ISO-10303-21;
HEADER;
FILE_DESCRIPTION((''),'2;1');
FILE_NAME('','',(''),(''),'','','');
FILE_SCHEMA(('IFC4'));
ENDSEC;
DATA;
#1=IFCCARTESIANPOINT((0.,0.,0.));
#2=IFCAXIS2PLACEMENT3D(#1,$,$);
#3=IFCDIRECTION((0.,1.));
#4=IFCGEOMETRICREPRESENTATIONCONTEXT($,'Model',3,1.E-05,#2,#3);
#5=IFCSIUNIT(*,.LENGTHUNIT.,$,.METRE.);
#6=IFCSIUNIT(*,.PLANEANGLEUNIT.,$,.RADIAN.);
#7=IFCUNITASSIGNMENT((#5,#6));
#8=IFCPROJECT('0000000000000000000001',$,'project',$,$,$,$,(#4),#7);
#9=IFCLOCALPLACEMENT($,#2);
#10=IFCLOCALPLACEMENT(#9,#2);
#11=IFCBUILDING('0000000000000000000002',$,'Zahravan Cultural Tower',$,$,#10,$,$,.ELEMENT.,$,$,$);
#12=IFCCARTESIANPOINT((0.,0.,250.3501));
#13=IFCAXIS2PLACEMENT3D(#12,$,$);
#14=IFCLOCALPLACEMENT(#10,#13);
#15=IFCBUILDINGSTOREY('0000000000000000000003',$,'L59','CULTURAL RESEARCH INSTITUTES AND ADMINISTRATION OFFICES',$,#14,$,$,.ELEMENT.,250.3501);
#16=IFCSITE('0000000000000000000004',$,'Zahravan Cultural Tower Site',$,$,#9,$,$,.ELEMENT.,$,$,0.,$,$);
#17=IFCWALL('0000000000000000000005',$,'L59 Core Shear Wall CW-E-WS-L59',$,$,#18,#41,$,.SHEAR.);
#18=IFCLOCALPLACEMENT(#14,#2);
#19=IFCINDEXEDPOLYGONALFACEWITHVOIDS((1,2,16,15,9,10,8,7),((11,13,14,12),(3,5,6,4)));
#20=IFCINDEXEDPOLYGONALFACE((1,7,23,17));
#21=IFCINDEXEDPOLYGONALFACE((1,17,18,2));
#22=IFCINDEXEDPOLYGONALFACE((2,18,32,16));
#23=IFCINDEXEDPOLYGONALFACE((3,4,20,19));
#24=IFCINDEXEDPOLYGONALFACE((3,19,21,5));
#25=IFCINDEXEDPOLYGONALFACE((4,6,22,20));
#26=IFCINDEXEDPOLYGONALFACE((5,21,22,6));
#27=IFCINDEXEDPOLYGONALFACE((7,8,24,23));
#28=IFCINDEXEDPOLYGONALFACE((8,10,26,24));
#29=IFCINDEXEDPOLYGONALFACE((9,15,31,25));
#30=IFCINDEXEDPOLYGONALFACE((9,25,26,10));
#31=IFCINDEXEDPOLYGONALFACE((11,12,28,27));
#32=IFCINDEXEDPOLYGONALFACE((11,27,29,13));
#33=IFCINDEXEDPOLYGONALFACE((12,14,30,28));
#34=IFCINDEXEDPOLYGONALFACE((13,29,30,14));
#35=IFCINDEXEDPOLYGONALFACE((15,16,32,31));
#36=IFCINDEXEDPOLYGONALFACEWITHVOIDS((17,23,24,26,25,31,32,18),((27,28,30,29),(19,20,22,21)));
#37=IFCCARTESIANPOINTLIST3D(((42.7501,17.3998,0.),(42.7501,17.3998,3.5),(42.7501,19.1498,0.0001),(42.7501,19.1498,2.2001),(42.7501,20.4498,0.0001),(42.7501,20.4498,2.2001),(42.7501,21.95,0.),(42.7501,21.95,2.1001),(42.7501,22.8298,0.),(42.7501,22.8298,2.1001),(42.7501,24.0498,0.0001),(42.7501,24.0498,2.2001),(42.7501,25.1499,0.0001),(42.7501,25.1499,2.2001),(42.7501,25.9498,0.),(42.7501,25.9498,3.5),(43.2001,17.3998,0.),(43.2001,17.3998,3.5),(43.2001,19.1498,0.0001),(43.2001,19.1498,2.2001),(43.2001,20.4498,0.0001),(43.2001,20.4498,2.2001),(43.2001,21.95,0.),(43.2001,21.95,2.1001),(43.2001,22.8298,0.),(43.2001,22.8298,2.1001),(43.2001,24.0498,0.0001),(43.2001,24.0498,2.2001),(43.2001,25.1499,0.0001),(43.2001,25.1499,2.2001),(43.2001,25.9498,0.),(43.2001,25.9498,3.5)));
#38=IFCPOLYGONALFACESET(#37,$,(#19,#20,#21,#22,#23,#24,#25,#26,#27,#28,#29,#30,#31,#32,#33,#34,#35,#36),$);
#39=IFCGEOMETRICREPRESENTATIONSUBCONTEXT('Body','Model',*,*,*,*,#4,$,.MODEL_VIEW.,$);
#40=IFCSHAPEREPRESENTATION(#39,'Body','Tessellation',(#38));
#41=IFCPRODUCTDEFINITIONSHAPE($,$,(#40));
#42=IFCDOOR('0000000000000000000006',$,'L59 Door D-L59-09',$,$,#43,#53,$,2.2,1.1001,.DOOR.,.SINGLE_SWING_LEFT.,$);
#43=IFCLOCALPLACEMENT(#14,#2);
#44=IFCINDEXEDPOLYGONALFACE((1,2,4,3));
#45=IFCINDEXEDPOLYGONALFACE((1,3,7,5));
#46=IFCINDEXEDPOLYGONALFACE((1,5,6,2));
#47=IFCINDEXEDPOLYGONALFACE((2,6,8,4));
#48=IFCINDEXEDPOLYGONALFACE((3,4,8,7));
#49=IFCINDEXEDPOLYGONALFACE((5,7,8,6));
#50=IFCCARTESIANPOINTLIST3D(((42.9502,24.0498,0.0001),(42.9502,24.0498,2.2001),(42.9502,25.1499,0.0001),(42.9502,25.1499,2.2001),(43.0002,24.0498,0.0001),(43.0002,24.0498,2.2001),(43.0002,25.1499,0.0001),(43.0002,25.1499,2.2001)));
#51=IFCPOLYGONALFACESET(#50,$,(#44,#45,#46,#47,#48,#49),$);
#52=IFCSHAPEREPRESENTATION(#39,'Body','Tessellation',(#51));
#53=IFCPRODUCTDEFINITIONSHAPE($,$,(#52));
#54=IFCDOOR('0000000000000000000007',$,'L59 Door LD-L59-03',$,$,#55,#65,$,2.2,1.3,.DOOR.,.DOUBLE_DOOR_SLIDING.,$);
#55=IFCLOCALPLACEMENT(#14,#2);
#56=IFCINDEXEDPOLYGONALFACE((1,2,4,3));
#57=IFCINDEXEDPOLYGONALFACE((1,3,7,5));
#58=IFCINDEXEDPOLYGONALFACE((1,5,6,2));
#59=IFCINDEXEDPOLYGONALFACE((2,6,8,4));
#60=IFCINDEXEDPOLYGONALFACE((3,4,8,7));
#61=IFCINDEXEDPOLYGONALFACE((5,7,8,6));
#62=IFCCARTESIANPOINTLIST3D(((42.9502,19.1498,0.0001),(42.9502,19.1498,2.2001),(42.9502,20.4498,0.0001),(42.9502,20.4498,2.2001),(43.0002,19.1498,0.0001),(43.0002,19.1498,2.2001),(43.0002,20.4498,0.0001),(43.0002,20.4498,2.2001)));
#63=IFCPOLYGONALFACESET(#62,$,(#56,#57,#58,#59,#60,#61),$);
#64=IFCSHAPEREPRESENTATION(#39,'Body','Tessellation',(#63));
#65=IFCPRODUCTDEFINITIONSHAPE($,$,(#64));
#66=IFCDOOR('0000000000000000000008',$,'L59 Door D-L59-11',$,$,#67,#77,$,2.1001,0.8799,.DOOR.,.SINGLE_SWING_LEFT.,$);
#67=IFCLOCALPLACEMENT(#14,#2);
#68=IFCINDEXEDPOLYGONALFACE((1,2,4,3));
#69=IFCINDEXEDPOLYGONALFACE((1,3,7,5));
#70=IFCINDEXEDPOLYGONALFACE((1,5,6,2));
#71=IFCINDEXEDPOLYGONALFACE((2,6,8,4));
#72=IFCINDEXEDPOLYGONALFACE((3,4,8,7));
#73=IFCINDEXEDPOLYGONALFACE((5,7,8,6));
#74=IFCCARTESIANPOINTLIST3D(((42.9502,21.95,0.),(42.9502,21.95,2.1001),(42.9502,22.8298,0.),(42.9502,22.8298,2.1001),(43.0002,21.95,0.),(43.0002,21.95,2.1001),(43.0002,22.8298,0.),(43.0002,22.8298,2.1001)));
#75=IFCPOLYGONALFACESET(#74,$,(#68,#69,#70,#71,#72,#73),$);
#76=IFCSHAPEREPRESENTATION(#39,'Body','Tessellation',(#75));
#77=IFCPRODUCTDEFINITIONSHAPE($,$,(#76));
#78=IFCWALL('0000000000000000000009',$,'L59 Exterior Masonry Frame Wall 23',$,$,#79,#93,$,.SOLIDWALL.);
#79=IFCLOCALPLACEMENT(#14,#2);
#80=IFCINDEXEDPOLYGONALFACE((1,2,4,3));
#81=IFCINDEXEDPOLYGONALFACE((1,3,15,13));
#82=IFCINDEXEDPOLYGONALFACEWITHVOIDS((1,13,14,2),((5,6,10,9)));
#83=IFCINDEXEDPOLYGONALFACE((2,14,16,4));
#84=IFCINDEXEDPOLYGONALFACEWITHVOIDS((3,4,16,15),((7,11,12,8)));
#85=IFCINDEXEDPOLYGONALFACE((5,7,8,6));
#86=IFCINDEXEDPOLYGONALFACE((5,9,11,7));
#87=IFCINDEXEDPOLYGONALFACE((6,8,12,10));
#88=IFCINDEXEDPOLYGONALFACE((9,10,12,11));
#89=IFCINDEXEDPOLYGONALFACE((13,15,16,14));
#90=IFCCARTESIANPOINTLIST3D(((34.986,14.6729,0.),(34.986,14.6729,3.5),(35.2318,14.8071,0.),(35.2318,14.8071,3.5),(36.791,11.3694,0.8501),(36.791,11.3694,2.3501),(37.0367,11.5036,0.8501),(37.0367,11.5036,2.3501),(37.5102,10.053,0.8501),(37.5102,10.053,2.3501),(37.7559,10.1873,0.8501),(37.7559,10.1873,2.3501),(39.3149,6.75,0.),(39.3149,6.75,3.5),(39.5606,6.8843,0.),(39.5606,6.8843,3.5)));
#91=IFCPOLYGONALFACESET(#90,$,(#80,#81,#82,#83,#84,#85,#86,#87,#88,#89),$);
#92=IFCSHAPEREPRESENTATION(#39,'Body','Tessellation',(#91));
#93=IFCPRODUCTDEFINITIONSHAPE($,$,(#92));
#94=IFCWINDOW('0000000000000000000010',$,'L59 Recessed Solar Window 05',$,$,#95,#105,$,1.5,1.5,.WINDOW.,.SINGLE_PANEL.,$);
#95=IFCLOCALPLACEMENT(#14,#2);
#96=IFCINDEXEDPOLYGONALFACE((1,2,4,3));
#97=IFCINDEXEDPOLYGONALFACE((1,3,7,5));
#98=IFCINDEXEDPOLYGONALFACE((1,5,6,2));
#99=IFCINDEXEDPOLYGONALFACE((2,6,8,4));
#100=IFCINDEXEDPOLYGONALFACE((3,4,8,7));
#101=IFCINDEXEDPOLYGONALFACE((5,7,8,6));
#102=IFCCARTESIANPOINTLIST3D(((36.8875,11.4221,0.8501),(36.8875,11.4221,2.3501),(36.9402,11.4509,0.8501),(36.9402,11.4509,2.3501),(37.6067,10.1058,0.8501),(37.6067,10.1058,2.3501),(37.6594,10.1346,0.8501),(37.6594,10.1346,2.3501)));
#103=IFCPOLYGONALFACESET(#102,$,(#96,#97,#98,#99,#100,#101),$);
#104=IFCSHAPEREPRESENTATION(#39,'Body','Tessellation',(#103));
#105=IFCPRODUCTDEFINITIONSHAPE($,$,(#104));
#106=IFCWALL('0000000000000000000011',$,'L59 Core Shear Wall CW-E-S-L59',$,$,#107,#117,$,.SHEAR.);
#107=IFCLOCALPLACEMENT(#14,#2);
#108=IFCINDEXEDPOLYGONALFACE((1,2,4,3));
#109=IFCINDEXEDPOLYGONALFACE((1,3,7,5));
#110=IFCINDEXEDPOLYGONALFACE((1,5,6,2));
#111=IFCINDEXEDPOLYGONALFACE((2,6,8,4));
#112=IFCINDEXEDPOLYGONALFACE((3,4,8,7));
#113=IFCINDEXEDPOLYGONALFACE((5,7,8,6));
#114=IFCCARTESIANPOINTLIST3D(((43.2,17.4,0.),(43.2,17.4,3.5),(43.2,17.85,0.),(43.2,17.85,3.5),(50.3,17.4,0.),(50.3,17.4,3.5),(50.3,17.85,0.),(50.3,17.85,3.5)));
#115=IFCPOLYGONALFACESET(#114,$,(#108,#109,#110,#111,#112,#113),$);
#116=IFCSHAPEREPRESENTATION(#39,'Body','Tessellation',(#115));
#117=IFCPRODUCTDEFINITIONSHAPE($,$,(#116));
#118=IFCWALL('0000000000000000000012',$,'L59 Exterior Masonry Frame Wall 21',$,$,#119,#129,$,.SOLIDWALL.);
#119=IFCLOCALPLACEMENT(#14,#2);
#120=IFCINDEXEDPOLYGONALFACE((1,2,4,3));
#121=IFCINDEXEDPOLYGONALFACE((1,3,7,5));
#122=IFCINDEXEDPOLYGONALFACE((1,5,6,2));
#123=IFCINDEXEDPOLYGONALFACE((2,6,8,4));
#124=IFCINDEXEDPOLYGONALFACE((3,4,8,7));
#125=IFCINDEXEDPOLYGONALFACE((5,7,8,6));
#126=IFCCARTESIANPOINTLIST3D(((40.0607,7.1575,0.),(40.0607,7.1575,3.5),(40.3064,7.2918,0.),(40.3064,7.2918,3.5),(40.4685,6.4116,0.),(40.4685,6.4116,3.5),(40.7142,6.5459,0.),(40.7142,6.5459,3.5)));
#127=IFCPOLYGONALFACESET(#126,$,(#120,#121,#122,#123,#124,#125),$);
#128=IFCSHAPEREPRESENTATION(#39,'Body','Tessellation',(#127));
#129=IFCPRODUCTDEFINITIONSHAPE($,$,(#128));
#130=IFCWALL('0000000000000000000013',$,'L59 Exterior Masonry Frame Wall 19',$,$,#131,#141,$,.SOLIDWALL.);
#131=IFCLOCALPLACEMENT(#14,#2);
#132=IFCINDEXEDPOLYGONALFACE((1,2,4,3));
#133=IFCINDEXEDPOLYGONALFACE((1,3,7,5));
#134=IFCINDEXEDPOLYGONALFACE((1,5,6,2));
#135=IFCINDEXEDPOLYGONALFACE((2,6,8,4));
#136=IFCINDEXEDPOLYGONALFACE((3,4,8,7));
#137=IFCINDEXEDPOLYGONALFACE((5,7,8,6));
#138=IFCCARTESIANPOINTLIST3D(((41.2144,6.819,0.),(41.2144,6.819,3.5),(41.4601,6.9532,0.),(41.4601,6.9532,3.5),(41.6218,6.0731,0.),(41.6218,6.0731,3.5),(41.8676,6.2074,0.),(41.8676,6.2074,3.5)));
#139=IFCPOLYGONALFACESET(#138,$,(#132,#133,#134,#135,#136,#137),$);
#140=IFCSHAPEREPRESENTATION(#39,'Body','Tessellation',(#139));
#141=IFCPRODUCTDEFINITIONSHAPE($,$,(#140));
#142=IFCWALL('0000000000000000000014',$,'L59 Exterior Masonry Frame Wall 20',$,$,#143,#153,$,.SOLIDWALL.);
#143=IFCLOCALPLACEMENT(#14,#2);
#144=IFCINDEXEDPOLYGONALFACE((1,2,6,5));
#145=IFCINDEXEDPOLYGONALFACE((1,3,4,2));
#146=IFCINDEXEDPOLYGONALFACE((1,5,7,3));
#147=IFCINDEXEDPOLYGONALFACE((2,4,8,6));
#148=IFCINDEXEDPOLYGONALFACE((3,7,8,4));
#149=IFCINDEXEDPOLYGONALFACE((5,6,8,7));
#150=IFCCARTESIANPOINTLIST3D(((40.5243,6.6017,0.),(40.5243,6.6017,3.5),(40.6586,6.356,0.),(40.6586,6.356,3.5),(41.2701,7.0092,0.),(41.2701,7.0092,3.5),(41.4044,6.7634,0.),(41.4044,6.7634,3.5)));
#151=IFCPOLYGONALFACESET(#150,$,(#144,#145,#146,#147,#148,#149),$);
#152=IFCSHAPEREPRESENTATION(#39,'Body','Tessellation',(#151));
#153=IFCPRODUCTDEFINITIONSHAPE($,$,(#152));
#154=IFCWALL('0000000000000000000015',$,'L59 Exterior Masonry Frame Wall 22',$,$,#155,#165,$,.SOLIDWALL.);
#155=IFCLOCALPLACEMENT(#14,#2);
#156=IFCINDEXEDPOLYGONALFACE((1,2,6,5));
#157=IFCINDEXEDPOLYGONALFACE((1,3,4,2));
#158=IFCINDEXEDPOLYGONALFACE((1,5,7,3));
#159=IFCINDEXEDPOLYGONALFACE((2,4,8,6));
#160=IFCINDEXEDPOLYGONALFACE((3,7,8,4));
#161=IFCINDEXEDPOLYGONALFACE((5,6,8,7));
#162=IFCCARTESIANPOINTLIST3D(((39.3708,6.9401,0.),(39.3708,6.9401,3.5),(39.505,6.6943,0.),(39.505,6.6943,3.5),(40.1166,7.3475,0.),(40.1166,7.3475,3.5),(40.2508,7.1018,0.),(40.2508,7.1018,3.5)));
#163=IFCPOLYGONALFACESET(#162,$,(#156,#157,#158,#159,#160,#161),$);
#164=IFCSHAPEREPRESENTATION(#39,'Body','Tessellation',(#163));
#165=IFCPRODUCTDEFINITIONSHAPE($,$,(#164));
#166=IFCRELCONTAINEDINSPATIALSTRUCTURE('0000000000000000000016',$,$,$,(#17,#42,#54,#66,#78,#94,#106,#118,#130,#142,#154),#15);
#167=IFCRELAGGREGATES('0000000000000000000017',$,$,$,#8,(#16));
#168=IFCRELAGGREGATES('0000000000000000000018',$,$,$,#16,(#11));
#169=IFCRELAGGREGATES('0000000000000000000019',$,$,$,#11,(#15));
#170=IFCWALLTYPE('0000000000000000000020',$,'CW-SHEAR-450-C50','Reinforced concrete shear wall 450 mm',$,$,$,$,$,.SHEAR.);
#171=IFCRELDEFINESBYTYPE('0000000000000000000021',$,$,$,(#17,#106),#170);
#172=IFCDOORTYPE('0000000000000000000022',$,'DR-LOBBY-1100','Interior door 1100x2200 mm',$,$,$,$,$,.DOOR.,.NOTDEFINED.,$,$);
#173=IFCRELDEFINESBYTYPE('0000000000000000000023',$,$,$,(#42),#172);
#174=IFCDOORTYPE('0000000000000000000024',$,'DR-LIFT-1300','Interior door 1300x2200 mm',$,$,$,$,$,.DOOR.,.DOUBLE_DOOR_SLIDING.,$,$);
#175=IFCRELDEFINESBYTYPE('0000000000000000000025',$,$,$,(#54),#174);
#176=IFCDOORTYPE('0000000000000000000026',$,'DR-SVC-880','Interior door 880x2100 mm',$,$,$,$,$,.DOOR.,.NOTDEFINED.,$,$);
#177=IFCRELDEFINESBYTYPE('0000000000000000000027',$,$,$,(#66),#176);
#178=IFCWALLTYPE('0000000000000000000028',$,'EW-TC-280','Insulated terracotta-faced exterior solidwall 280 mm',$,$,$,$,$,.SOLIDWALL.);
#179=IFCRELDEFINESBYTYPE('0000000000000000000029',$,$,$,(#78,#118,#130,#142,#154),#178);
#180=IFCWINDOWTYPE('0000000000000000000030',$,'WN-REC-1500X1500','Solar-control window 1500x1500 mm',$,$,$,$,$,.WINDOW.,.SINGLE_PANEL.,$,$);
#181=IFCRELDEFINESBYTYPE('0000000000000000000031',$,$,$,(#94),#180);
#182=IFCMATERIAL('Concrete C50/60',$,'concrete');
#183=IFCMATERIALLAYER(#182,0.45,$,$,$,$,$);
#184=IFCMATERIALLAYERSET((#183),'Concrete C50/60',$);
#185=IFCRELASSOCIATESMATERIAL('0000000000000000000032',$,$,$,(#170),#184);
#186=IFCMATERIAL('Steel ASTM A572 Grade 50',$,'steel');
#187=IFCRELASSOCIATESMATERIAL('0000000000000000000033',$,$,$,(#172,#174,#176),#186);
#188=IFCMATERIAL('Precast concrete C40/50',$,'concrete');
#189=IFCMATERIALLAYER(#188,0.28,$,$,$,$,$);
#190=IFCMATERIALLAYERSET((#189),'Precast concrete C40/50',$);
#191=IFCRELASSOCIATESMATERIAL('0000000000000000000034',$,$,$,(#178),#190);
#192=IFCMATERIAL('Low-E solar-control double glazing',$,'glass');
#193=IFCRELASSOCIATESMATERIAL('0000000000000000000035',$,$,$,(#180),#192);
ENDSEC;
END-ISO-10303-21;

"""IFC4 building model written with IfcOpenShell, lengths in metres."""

from ifc_helpers import new_model, si_unit, direction, frame, frame_2d, origin, place, context, subcontext, project, spatial, rectangle, extrude, source, transform, mapped, material, layer, layer_set, type_object, element, fill, save


model = new_model("IFC4")

# Units and contexts
model_context = context("Model", 3, precision=1e-05, world=origin(), true_north=direction((0.0, 1.0)))
body_context = subcontext(model_context, "Body", "Model", "MODEL_VIEW")
ifc_project = project(units=[si_unit("LENGTHUNIT", "METRE"), si_unit("PLANEANGLEUNIT", "RADIAN")], contexts=[model_context])

# Site, building, storey
site_placement = place(None, origin())
site = spatial("IfcSite", under=ifc_project, at=site_placement, Name="Zahravan Cultural Tower Site", CompositionType="ELEMENT", RefElevation=0.0)
building_placement = place(site_placement, origin())
building = spatial("IfcBuilding", under=site, at=building_placement, Name="Zahravan Cultural Tower", CompositionType="ELEMENT")
storey_placement = place(building_placement, frame((0.0, 0.0, 250.3501)))
storey = spatial("IfcBuildingStorey", under=building, at=storey_placement, Name="L59", Description="CULTURAL RESEARCH INSTITUTES AND ADMINISTRATION OFFICES", CompositionType="ELEMENT", Elevation=250.3501)

# Shared definitions
ifc_material_1 = material(Name="Concrete C50/60", Category="concrete")

# Wall, openings, doors
ifc_layer_1 = layer(ifc_material_1, 0.45)
ifc_layer_set_1 = layer_set([ifc_layer_1], Name="Concrete C50/60")
wall_type_1 = type_object("IfcWallType", Name="CW-SHEAR-450-C50", Description="Reinforced concrete shear wall 450 mm", PredefinedType="SHEAR", material=ifc_layer_set_1)
wall_1_placement = place(storey_placement, frame((42.9751, 17.3999, 0.0), z_axis=(0.0, 0.0, 1.0), x_axis=(0.0, 1.0, 0.0)))
wall_1 = element("IfcWall", 1, at=wall_1_placement, inside=storey, type_object=wall_type_1, Name="L59 Core Shear Wall CW-E-WS-L59", PredefinedType="SHEAR", context=body_context, shape_type="SweptSolid", body=[
    extrude(rectangle(XDim=8.55, YDim=0.45, at=frame_2d((4.2749, 0.0))), origin(), (0.0, 0.0, 1.0), 3.5),
])
opening_1_placement = place(wall_1_placement, frame((6.6499, 0.0, 0.0)))
opening_1 = element("IfcOpeningElement", 2, at=opening_1_placement, cuts=wall_1, PredefinedType="OPENING", context=body_context, shape_type="SweptSolid", body=[
    extrude(rectangle(XDim=1.1001, YDim=2.2, at=frame_2d((0.55, 1.1001))), frame((0.0, 0.2349, 0.0), z_axis=(0.0, -1.0, 0.0), x_axis=(1.0, 0.0, 0.0)), (0.0, 0.0, 1.0), 0.47),
])
opening_2_placement = place(wall_1_placement, frame((1.75, 0.0, 0.0)))
opening_2 = element("IfcOpeningElement", 3, at=opening_2_placement, cuts=wall_1, PredefinedType="OPENING", context=body_context, shape_type="SweptSolid", body=[
    extrude(rectangle(XDim=1.3, YDim=2.2, at=frame_2d((0.6499, 1.1001))), frame((0.0, 0.2349, 0.0), z_axis=(0.0, -1.0, 0.0), x_axis=(1.0, 0.0, 0.0)), (0.0, 0.0, 1.0), 0.47),
])
opening_3_placement = place(wall_1_placement, frame((4.55, 0.0, 0.0)))
opening_3 = element("IfcOpeningElement", 4, at=opening_3_placement, cuts=wall_1, PredefinedType="OPENING", context=body_context, shape_type="SweptSolid", body=[
    extrude(rectangle(XDim=0.8799, YDim=2.1001, at=frame_2d((0.4399, 1.05))), frame((0.0, 0.2349, 0.0), z_axis=(0.0, -1.0, 0.0), x_axis=(1.0, 0.0, 0.0)), (0.0, 0.0, 1.0), 0.47),
])
ifc_material_2 = material(Name="Steel ASTM A572 Grade 50", Category="steel")
door_type_1 = type_object("IfcDoorType", Name="DR-LOBBY-1100", Description="Interior door 1100x2200 mm", OperationType="NOTDEFINED", PredefinedType="DOOR", material=ifc_material_2)
shared_shape_1 = source(origin(), body_context, "Body", "SweptSolid", [
    extrude(rectangle(XDim=1.1001, YDim=2.2, at=frame_2d((0.55, 1.1001))), frame((0.0, 0.0249, 0.0), z_axis=(0.0, -1.0, 0.0), x_axis=(1.0, 0.0, 0.0)), (0.0, 0.0, 1.0), 0.05),
])
door_1_placement = place(opening_1_placement, origin())
door_1 = element("IfcDoor", 5, at=door_1_placement, inside=storey, type_object=door_type_1, Name="L59 Door D-L59-09", OperationType="SINGLE_SWING_LEFT", OverallHeight=2.2, OverallWidth=1.1001, PredefinedType="DOOR", context=body_context, shape_type="MappedRepresentation", body=[
    mapped(shared_shape_1, transform((0.0, 0.0, 0.0), x_axis=(1.0, 0.0, 0.0), y_axis=(0.0, 1.0, 0.0), z_axis=(0.0, 0.0, 1.0), scale=1.0)),
])
fill(opening_1, door_1)
door_type_2 = type_object("IfcDoorType", Name="DR-LIFT-1300", Description="Interior door 1300x2200 mm", OperationType="DOUBLE_DOOR_SLIDING", PredefinedType="DOOR", material=ifc_material_2)
shared_shape_2 = source(origin(), body_context, "Body", "SweptSolid", [
    extrude(rectangle(XDim=1.3, YDim=2.2, at=frame_2d((0.6499, 1.1001))), frame((0.0, 0.0249, 0.0), z_axis=(0.0, -1.0, 0.0), x_axis=(1.0, 0.0, 0.0)), (0.0, 0.0, 1.0), 0.05),
])
door_2_placement = place(opening_2_placement, origin())
door_2 = element("IfcDoor", 6, at=door_2_placement, inside=storey, type_object=door_type_2, Name="L59 Door LD-L59-03", OperationType="DOUBLE_DOOR_SLIDING", OverallHeight=2.2, OverallWidth=1.3, PredefinedType="DOOR", context=body_context, shape_type="MappedRepresentation", body=[
    mapped(shared_shape_2, transform((0.0, 0.0, 0.0), x_axis=(1.0, 0.0, 0.0), y_axis=(0.0, 1.0, 0.0), z_axis=(0.0, 0.0, 1.0), scale=1.0)),
])
fill(opening_2, door_2)
door_type_3 = type_object("IfcDoorType", Name="DR-SVC-880", Description="Interior door 880x2100 mm", OperationType="NOTDEFINED", PredefinedType="DOOR", material=ifc_material_2)
shared_shape_3 = source(origin(), body_context, "Body", "SweptSolid", [
    extrude(rectangle(XDim=0.8799, YDim=2.1001, at=frame_2d((0.4399, 1.05))), frame((0.0, 0.0249, 0.0), z_axis=(0.0, -1.0, 0.0), x_axis=(1.0, 0.0, 0.0)), (0.0, 0.0, 1.0), 0.05),
])
door_3_placement = place(opening_3_placement, origin())
door_3 = element("IfcDoor", 7, at=door_3_placement, inside=storey, type_object=door_type_3, Name="L59 Door D-L59-11", OperationType="SINGLE_SWING_LEFT", OverallHeight=2.1001, OverallWidth=0.8799, PredefinedType="DOOR", context=body_context, shape_type="MappedRepresentation", body=[
    mapped(shared_shape_3, transform((0.0, 0.0, 0.0), x_axis=(1.0, 0.0, 0.0), y_axis=(0.0, 1.0, 0.0), z_axis=(0.0, 0.0, 1.0), scale=1.0)),
])
fill(opening_3, door_3)

# Wall, opening, window
ifc_material_3 = material(Name="Precast concrete C40/50", Category="concrete")
ifc_layer_2 = layer(ifc_material_3, 0.28)
ifc_layer_set_2 = layer_set([ifc_layer_2], Name="Precast concrete C40/50")
wall_type_2 = type_object("IfcWallType", Name="EW-TC-280", Description="Insulated terracotta-faced exterior solidwall 280 mm", PredefinedType="SOLIDWALL", material=ifc_layer_set_2)
wall_2_placement = place(storey_placement, frame((39.4377, 6.8171, 0.0), z_axis=(0.0, 0.0, 1.0), x_axis=(-0.479475, 0.877555, 0.0)))
wall_2 = element("IfcWall", 8, at=wall_2_placement, inside=storey, type_object=wall_type_2, Name="L59 Exterior Masonry Frame Wall 23", PredefinedType="SOLIDWALL", context=body_context, shape_type="SweptSolid", body=[
    extrude(rectangle(XDim=9.0283, YDim=0.28, at=frame_2d((4.5142, 0.0))), origin(), (0.0, 0.0, 1.0), 3.5),
])
opening_4_placement = place(wall_2_placement, frame((3.7639, 0.0, 0.8501)))
opening_4 = element("IfcOpeningElement", 9, at=opening_4_placement, cuts=wall_2, PredefinedType="OPENING", context=body_context, shape_type="SweptSolid", body=[
    extrude(rectangle(XDim=1.5, YDim=1.5, at=frame_2d((0.75, 0.75))), frame((0.0, 0.1499, 0.0), z_axis=(0.0, -1.0, 0.0), x_axis=(1.0, 0.0, 0.0)), (0.0, 0.0, 1.0), 0.3),
])
ifc_material_4 = material(Name="Low-E solar-control double glazing", Category="glass")
window_type = type_object("IfcWindowType", Name="WN-REC-1500X1500", Description="Solar-control window 1500x1500 mm", PartitioningType="SINGLE_PANEL", PredefinedType="WINDOW", material=ifc_material_4)
shared_shape_4 = source(origin(), body_context, "Body", "SweptSolid", [
    extrude(rectangle(XDim=1.5, YDim=1.5, at=frame_2d((0.75, 0.75))), frame((0.0, 0.03, 0.0), z_axis=(0.0, -1.0, 0.0), x_axis=(1.0, 0.0, 0.0)), (0.0, 0.0, 1.0), 0.0601),
])
window_placement = place(opening_4_placement, origin())
window = element("IfcWindow", 10, at=window_placement, inside=storey, type_object=window_type, Name="L59 Recessed Solar Window 05", OverallHeight=1.5, OverallWidth=1.5, PartitioningType="SINGLE_PANEL", PredefinedType="WINDOW", context=body_context, shape_type="MappedRepresentation", body=[
    mapped(shared_shape_4, transform((0.0, 0.0, 0.0), x_axis=(1.0, 0.0, 0.0), y_axis=(0.0, 1.0, 0.0), z_axis=(0.0, 0.0, 1.0), scale=1.0)),
])
fill(opening_4, window)

# Walls
shared_shape_5 = source(origin(), body_context, "Body", "SweptSolid", [
    extrude(rectangle(XDim=7.1001, YDim=0.45, at=frame_2d((3.55, 0.0))), origin(), (0.0, 0.0, 1.0), 3.5),
])
wall_3_placement = place(storey_placement, frame((43.2, 17.625, 0.0), z_axis=(0.0, 0.0, 1.0), x_axis=(1.0, 0.0, 0.0)))
element("IfcWall", 11, at=wall_3_placement, inside=storey, type_object=wall_type_1, Name="L59 Core Shear Wall CW-E-S-L59", PredefinedType="SHEAR", context=body_context, shape_type="MappedRepresentation", body=[
    mapped(shared_shape_5, transform((0.0, 0.0, 0.0), x_axis=(1.0, 0.0, 0.0), y_axis=(0.0, 1.0, 0.0), z_axis=(0.0, 0.0, 1.0), scale=1.0)),
])
shared_shape_6 = source(origin(), body_context, "Body", "SweptSolid", [
    extrude(rectangle(XDim=0.8501, YDim=0.28, at=frame_2d((0.425, 0.0))), origin(), (0.0, 0.0, 1.0), 3.5),
])
wall_4_placement = place(storey_placement, frame((40.5913, 6.4788, 0.0), z_axis=(0.0, 0.0, 1.0), x_axis=(-0.479657, 0.877456, 0.0)))
element("IfcWall", 12, at=wall_4_placement, inside=storey, type_object=wall_type_2, Name="L59 Exterior Masonry Frame Wall 21", PredefinedType="SOLIDWALL", context=body_context, shape_type="MappedRepresentation", body=[
    mapped(shared_shape_6, transform((0.0, 0.0, 0.0), x_axis=(1.0, 0.0, 0.0), y_axis=(0.0, 1.0, 0.0), z_axis=(0.0, 0.0, 1.0), scale=1.0)),
])
shared_shape_7 = source(origin(), body_context, "Body", "SweptSolid", [
    extrude(rectangle(XDim=0.8499, YDim=0.28, at=frame_2d((0.4248, 0.0))), origin(), (0.0, 0.0, 1.0), 3.5),
])
for number, where, z_axis, x_axis, name in (
    (13, (41.7446, 6.1404, 0.0), (0.0, 0.0, 1.0), (-0.479436, 0.877577, 0.0), "L59 Exterior Masonry Frame Wall 19"),
    (14, (41.3372, 6.8862, 0.0), (0.0, 0.0, 1.0), (-0.877577, -0.479436, 0.0), "L59 Exterior Masonry Frame Wall 20"),
    (15, (40.1836, 7.2246, 0.0), (0.0, 0.0, 1.0), (-0.877577, -0.479436, 0.0), "L59 Exterior Masonry Frame Wall 22"),
):
    element("IfcWall", number, at=place(storey_placement, frame(where, z_axis=z_axis, x_axis=x_axis)), inside=storey, type_object=wall_type_2, Name=name, PredefinedType="SOLIDWALL", context=body_context, shape_type="MappedRepresentation", body=[
        mapped(shared_shape_7, transform((0.0, 0.0, 0.0), x_axis=(1.0, 0.0, 0.0), y_axis=(0.0, 1.0, 0.0), z_axis=(0.0, 0.0, 1.0), scale=1.0)),
    ])

save(model, "model.ifc")
